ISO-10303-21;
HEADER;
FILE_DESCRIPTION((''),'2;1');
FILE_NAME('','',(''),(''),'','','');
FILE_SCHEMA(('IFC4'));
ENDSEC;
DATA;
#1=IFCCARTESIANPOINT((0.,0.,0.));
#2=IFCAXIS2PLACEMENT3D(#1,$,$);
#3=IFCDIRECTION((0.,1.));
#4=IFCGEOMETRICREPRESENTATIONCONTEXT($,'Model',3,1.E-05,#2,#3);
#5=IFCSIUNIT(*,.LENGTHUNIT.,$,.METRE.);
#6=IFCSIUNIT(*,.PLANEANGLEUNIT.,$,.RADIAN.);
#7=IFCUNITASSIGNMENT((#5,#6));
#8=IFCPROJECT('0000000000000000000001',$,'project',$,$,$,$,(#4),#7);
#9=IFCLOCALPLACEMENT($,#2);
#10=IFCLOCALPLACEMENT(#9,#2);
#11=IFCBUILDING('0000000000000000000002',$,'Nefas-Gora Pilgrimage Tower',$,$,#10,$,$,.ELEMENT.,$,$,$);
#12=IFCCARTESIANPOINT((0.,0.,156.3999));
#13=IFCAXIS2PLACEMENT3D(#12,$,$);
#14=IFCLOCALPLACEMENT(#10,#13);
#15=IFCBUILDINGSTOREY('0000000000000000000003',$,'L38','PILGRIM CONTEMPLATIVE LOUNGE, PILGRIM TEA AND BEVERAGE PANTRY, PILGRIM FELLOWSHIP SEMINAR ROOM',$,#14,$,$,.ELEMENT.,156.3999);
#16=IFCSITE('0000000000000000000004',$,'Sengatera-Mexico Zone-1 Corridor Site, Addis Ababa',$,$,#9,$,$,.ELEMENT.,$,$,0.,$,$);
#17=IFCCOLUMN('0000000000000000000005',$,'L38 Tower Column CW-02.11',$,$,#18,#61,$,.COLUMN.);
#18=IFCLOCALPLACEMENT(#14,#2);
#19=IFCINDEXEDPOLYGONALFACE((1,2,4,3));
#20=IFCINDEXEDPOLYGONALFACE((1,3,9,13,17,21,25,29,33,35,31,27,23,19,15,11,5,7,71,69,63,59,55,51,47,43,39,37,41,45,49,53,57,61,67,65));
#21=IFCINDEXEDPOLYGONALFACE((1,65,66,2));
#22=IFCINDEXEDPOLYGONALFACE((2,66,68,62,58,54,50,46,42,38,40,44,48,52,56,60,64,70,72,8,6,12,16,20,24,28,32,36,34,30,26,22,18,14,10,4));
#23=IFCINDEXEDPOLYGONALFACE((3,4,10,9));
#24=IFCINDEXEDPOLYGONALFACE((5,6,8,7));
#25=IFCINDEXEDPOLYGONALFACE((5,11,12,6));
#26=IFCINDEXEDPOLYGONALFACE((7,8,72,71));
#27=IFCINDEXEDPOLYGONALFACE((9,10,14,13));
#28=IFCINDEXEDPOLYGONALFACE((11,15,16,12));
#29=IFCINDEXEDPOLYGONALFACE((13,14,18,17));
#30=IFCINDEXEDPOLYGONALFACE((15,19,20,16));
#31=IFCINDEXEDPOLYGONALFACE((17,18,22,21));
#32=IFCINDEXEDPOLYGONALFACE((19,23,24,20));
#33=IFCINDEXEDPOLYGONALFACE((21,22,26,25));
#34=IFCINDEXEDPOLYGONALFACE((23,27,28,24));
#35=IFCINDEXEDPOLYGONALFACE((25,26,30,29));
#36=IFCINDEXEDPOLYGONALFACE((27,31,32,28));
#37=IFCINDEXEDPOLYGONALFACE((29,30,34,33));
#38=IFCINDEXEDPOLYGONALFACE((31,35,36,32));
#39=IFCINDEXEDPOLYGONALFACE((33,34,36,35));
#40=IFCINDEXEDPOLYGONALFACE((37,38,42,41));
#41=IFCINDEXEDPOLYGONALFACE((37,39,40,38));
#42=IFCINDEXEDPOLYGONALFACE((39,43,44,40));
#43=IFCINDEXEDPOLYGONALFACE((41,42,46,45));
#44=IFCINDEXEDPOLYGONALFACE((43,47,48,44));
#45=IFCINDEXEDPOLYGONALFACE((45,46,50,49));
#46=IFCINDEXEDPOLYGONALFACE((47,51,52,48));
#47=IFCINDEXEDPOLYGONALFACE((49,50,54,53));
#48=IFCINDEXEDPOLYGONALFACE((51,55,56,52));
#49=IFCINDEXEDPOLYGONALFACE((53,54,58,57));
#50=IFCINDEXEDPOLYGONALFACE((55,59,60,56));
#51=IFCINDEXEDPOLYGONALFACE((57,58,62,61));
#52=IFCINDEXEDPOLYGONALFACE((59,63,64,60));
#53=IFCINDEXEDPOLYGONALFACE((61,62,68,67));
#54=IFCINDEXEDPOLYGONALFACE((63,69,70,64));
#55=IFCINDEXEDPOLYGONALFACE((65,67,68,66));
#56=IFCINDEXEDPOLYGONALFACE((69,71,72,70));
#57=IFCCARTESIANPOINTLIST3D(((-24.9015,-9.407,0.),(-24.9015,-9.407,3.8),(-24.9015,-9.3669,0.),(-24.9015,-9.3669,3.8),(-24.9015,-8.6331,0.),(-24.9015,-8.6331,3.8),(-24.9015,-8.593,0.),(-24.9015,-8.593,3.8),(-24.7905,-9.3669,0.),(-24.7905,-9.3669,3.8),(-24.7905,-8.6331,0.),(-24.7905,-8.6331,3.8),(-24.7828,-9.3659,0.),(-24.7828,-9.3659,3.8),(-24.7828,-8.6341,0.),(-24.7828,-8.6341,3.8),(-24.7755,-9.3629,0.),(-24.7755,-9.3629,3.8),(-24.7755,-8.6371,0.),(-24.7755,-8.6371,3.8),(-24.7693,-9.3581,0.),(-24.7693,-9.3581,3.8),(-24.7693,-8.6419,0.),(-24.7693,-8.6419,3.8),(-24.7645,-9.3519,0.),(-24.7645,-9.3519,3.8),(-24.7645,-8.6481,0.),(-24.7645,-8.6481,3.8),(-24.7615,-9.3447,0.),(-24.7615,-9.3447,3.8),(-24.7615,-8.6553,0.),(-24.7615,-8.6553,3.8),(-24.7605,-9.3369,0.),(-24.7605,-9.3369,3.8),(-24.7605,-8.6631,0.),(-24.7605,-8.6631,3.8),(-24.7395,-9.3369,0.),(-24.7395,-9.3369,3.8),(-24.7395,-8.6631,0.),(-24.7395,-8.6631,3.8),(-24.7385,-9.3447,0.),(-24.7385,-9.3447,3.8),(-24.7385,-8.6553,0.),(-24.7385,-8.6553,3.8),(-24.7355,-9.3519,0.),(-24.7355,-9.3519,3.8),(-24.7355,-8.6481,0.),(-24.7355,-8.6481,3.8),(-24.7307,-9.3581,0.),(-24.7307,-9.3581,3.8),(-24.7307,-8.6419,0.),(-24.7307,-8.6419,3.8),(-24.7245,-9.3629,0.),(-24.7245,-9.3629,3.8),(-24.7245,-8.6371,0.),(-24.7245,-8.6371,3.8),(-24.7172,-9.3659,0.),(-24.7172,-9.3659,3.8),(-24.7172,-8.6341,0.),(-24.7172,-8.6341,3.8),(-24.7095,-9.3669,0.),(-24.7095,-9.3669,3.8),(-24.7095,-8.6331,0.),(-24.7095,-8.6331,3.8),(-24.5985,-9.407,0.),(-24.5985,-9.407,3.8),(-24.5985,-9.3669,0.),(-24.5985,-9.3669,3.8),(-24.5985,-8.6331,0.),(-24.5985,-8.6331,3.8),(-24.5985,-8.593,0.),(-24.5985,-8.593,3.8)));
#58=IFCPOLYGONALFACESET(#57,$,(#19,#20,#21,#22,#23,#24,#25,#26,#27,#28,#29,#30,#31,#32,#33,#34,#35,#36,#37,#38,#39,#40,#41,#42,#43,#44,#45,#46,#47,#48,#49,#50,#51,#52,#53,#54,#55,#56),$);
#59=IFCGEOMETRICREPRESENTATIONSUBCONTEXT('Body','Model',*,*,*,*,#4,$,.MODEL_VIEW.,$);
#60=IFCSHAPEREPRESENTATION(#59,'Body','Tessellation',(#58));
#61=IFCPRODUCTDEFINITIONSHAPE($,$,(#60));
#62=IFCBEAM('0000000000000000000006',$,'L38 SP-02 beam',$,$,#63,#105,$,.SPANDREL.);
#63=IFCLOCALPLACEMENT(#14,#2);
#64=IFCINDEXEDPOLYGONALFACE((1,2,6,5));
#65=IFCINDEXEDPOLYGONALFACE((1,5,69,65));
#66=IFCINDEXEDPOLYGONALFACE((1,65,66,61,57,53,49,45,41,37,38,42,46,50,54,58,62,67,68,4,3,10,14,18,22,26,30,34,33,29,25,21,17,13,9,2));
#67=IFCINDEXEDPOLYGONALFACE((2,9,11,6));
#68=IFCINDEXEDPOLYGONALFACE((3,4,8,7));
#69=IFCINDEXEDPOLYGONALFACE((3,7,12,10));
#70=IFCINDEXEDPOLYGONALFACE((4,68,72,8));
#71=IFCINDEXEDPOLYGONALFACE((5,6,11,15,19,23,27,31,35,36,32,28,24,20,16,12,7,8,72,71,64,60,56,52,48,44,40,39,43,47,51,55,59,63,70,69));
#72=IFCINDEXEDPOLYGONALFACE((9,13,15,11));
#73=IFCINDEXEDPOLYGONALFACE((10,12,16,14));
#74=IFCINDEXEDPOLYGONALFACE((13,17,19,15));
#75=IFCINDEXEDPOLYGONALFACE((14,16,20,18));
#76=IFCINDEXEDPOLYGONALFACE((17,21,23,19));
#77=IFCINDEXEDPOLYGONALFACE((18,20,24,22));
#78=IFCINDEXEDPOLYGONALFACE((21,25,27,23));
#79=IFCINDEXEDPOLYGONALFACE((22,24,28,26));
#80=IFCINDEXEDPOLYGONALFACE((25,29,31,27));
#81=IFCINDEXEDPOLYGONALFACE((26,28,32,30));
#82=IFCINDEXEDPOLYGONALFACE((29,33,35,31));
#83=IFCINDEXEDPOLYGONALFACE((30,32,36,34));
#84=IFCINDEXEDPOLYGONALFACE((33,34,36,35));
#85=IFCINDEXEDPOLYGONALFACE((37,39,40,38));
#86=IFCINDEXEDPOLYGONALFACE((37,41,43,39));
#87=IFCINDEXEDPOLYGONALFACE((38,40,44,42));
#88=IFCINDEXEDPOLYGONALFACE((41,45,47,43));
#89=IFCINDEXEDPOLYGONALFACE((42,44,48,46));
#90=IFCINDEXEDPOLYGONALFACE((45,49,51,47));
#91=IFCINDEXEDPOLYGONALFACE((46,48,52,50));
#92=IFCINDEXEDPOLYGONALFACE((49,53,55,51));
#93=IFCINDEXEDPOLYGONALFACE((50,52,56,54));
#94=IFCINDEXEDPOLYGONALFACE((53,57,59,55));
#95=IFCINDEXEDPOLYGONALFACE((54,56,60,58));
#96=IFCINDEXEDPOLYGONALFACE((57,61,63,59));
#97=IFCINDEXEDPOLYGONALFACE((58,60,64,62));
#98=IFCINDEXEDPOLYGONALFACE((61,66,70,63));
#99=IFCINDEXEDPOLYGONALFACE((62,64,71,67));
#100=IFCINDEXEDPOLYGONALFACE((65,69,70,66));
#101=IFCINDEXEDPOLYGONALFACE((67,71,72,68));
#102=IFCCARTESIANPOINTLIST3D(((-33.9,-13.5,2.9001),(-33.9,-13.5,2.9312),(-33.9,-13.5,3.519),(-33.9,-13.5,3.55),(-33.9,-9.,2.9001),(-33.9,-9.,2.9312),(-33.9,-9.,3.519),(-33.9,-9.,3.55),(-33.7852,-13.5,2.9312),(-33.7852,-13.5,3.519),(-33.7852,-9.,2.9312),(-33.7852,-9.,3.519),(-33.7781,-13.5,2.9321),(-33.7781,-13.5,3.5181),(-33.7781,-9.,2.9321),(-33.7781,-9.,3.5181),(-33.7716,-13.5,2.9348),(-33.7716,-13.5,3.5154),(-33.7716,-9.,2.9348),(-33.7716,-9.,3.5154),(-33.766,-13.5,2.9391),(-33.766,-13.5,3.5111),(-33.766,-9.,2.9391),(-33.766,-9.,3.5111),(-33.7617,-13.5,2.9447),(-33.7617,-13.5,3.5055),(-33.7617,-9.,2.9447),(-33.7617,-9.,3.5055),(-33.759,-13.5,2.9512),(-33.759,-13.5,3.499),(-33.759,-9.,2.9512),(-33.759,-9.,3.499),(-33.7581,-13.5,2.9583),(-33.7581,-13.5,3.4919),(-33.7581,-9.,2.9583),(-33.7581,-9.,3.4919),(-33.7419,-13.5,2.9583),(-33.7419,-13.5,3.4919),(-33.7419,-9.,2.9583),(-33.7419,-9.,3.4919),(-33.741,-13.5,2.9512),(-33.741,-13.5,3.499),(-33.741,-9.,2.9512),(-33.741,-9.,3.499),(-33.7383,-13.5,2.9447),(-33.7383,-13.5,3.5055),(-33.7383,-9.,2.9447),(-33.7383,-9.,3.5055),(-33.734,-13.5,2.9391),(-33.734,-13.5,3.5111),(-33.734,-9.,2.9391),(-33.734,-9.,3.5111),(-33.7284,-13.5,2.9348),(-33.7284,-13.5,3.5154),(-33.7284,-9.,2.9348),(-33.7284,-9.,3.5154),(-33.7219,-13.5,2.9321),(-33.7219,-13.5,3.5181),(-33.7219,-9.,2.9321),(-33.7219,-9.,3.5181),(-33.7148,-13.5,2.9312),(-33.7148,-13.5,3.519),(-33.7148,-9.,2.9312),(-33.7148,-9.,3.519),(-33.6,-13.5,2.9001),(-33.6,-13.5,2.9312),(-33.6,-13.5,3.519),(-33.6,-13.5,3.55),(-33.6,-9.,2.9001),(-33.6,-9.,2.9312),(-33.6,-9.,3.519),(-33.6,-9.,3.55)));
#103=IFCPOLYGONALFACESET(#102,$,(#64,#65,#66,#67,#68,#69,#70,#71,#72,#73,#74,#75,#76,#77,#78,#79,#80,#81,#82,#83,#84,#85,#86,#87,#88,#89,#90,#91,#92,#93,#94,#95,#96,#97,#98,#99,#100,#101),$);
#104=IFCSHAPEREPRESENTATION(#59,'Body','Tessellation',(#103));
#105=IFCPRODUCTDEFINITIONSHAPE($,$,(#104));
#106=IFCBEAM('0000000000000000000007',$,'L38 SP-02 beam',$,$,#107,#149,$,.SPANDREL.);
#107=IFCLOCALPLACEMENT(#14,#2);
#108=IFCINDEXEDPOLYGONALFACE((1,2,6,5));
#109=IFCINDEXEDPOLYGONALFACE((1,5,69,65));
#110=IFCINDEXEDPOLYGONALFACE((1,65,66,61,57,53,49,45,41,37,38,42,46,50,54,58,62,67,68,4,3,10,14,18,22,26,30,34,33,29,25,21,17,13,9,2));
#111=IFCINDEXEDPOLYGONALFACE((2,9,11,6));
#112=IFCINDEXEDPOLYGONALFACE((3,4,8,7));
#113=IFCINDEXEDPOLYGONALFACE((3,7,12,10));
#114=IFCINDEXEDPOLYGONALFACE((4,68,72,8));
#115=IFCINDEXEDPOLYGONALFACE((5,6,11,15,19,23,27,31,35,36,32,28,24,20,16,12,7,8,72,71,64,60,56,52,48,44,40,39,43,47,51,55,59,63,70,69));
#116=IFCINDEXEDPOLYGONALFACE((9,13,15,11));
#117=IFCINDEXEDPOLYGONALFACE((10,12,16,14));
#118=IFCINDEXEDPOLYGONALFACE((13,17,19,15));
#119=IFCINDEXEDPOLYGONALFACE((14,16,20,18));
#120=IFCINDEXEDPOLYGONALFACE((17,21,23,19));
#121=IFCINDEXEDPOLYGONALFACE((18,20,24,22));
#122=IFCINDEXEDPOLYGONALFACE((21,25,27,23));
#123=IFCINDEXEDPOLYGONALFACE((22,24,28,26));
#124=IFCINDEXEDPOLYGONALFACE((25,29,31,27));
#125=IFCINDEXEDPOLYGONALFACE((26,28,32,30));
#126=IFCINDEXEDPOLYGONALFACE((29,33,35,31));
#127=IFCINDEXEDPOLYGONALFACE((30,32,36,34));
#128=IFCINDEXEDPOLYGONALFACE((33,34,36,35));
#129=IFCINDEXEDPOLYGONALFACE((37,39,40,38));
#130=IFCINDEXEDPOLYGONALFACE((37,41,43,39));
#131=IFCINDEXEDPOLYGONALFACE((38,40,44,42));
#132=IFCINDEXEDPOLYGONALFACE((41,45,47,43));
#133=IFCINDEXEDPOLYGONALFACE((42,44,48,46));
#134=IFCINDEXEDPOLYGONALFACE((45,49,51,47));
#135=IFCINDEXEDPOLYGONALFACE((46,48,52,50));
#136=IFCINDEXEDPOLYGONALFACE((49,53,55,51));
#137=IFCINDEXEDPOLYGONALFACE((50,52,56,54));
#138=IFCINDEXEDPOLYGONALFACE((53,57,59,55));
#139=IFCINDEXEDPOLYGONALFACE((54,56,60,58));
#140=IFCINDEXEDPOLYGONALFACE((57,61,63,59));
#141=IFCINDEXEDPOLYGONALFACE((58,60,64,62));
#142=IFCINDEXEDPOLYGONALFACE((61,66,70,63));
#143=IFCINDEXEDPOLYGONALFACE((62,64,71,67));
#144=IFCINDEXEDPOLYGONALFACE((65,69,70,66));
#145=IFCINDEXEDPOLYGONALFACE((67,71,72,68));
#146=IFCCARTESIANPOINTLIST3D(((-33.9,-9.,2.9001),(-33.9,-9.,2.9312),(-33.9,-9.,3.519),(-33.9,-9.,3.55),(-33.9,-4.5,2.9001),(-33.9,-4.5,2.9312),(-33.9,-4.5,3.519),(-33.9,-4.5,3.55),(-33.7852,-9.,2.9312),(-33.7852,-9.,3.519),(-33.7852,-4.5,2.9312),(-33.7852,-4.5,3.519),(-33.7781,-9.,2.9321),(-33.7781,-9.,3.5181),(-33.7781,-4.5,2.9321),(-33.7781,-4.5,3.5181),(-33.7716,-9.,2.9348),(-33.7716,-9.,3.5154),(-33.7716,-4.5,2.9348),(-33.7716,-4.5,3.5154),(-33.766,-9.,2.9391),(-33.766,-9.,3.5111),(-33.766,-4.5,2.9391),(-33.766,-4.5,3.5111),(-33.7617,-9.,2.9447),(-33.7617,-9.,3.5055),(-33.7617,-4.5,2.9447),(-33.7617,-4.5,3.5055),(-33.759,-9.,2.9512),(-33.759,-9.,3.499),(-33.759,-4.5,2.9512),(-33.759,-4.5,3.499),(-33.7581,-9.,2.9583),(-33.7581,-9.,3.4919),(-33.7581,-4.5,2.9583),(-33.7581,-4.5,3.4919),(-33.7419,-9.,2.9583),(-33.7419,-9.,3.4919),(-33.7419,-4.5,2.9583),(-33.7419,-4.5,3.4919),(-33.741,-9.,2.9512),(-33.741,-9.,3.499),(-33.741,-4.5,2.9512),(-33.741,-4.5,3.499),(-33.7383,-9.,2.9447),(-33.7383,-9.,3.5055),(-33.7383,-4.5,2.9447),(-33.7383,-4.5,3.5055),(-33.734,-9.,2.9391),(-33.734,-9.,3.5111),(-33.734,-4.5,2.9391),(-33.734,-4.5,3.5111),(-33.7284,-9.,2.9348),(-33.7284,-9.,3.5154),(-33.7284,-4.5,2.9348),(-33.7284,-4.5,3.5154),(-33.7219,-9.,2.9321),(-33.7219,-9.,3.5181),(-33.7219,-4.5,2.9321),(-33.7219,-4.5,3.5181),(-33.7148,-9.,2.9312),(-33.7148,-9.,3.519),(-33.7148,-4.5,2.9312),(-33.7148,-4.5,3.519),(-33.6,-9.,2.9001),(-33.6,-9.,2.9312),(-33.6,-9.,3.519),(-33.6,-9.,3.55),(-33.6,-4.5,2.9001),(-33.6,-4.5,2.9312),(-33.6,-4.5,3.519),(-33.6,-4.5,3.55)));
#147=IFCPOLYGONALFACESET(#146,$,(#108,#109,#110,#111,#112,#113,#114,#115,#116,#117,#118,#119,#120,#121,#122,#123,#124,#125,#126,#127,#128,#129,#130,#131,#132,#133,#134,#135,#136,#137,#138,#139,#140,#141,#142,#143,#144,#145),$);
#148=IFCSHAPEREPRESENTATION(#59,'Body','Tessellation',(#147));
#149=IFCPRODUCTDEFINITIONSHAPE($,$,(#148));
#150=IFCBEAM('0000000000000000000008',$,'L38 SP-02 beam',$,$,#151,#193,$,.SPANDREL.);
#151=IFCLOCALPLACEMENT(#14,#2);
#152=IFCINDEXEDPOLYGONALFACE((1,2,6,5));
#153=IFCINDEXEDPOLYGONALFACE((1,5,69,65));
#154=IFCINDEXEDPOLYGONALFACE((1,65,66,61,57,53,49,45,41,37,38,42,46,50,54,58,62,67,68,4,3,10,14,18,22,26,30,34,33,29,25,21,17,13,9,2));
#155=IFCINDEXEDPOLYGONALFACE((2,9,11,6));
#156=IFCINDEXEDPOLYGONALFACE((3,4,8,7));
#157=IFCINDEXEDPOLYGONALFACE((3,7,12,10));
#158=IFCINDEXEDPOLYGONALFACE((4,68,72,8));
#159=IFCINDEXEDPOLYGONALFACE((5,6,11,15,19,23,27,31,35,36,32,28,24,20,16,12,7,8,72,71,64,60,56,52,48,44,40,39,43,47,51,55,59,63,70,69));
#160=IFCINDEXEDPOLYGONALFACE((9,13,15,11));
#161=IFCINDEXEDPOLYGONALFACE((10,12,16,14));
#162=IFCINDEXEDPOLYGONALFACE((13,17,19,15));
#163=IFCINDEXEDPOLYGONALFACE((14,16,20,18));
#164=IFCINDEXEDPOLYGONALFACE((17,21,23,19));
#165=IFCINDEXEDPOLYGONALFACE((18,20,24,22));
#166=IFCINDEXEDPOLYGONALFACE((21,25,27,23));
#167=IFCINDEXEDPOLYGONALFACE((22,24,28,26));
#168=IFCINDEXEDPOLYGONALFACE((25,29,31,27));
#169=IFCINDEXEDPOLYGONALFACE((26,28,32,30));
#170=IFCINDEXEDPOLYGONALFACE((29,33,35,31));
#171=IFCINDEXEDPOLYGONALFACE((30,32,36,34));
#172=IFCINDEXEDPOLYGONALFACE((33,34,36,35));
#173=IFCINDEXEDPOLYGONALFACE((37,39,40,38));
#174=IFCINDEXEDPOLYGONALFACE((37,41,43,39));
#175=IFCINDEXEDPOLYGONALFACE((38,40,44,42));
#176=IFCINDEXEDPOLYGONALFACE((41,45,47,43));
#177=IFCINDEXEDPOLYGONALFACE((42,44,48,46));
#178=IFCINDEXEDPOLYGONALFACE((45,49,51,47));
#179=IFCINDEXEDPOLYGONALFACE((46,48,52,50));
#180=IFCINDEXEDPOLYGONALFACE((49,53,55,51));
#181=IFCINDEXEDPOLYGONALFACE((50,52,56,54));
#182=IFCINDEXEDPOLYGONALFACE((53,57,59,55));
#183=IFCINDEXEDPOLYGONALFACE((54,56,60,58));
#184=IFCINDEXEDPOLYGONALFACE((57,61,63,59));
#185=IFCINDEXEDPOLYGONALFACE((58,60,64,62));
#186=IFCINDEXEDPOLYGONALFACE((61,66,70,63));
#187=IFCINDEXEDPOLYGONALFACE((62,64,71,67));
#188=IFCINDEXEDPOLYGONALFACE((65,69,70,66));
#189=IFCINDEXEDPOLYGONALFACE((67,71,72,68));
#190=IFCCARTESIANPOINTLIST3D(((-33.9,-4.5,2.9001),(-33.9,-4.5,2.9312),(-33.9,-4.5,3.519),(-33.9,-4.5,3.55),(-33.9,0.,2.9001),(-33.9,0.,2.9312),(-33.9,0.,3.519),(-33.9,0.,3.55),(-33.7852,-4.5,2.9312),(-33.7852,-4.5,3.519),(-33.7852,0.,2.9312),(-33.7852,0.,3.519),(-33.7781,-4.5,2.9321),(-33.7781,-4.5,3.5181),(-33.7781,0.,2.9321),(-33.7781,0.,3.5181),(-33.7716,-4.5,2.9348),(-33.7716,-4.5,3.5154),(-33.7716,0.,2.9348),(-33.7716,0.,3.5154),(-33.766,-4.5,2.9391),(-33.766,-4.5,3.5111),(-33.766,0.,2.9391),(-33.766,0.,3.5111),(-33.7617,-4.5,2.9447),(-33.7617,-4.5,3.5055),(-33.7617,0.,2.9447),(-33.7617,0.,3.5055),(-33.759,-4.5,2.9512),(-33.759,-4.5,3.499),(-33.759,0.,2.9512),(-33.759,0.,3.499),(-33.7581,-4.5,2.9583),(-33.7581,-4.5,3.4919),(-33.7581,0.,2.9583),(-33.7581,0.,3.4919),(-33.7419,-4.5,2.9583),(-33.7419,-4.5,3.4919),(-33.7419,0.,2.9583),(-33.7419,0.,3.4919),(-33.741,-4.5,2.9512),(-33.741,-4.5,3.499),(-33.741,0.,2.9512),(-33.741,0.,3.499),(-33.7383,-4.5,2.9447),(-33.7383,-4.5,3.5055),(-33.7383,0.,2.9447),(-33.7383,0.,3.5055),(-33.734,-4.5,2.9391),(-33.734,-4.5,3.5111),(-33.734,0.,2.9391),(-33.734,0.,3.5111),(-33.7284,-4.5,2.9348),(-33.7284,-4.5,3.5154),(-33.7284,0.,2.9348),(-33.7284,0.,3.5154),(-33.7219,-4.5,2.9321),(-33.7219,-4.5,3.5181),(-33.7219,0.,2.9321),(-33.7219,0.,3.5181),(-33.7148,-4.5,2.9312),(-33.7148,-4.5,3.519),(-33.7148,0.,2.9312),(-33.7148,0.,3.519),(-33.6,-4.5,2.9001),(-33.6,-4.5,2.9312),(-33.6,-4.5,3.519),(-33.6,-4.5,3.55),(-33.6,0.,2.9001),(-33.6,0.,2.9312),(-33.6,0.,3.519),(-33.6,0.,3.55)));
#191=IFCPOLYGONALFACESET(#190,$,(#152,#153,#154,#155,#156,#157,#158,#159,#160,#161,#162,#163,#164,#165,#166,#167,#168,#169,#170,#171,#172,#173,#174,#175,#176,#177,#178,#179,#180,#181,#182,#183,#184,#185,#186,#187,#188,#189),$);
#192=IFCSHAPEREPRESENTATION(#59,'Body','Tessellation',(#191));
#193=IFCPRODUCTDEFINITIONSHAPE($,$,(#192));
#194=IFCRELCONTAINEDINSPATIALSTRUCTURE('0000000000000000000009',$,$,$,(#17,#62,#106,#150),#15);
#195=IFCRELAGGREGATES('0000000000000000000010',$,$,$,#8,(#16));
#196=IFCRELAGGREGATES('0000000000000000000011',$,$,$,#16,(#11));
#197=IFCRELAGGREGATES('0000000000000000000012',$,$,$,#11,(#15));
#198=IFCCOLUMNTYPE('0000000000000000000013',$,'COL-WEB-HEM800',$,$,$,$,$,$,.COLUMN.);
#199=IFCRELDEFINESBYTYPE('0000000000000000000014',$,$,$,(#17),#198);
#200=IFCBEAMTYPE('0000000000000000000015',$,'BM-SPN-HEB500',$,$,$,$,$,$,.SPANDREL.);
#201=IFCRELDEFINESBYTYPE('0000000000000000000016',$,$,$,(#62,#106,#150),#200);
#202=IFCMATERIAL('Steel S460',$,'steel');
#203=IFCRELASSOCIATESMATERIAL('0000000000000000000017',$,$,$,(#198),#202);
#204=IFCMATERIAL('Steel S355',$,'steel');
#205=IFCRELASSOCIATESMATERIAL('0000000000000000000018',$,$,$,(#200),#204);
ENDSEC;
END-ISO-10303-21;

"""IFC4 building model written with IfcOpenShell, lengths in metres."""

from ifc_helpers import new_model, si_unit, direction, frame, origin, origin_2d, place, context, subcontext, project, spatial, i_section, extrude, source, transform, mapped, material, material_profile, profile_set, type_object, element, save


model = new_model("IFC4")

# Units and contexts
model_context = context("Model", 3, precision=1e-05, world=origin(), true_north=direction((0.0, 1.0)))
body_context = subcontext(model_context, "Body", "Model", "MODEL_VIEW")
ifc_project = project(units=[si_unit("LENGTHUNIT", "METRE"), si_unit("PLANEANGLEUNIT", "RADIAN")], contexts=[model_context])

# Site, building, storey
site_placement = place(None, origin())
site = spatial("IfcSite", under=ifc_project, at=site_placement, Name="Sengatera-Mexico Zone-1 Corridor Site, Addis Ababa", CompositionType="ELEMENT", RefElevation=0.0)
building_placement = place(site_placement, origin())
building = spatial("IfcBuilding", under=site, at=building_placement, Name="Nefas-Gora Pilgrimage Tower", CompositionType="ELEMENT")
storey_placement = place(building_placement, frame((0.0, 0.0, 156.3999)))
storey = spatial("IfcBuildingStorey", under=building, at=storey_placement, Name="L38", Description="PILGRIM CONTEMPLATIVE LOUNGE, PILGRIM TEA AND BEVERAGE PANTRY, PILGRIM FELLOWSHIP SEMINAR ROOM", CompositionType="ELEMENT", Elevation=156.3999)

# Column
ifc_material_1 = material(Name="Steel S460", Category="steel")
ifc_material_profile_1 = material_profile(ifc_material_1, i_section(OverallWidth=0.303, OverallDepth=0.814, WebThickness=0.021, FlangeThickness=0.04, FilletRadius=0.03, at=origin_2d()), Name="HEM 800")
ifc_profile_set_1 = profile_set([ifc_material_profile_1], Name="Steel S460")
column_type_1 = type_object("IfcColumnType", Name="COL-WEB-HEM800", PredefinedType="COLUMN", material=ifc_profile_set_1)
shared_shape_1 = source(origin(), body_context, "Body", "SweptSolid", [
    extrude(i_section(OverallWidth=0.303, OverallDepth=0.814, WebThickness=0.021, FlangeThickness=0.04, FilletRadius=0.03, at=origin_2d()), origin(), (0.0, 0.0, 1.0), 3.8),
])
for number, where, z_axis, x_axis, name in (
    (1, (-24.75, -9.0, 0.0), (0.0, 0.0, 1.0), (1.0, 0.0, 0.0), "L38 Tower Column CW-02.11"),
):
    element("IfcColumn", number, at=place(storey_placement, frame(where, z_axis=z_axis, x_axis=x_axis)), inside=storey, type_object=column_type_1, Name=name, PredefinedType="COLUMN", context=body_context, shape_type="MappedRepresentation", body=[
        mapped(shared_shape_1, transform((0.0, 0.0, 0.0), x_axis=(1.0, 0.0, 0.0), y_axis=(0.0, 1.0, 0.0), z_axis=(0.0, 0.0, 1.0), scale=1.0)),
    ])

# Beams
ifc_material_2 = material(Name="Steel S355", Category="steel")
ifc_material_profile_2 = material_profile(ifc_material_2, i_section(OverallWidth=0.3, OverallDepth=0.6499, WebThickness=0.0161, FlangeThickness=0.031, FilletRadius=0.0271, at=origin_2d()), Name="HEB 650")
ifc_profile_set_2 = profile_set([ifc_material_profile_2], Name="Steel S355")
beam_type_1 = type_object("IfcBeamType", Name="BM-SPN-HEB500", PredefinedType="SPANDREL", material=ifc_profile_set_2)
shared_shape_2 = source(origin(), body_context, "Body", "SweptSolid", [
    extrude(i_section(OverallWidth=0.3, OverallDepth=0.6499, WebThickness=0.0161, FlangeThickness=0.031, FilletRadius=0.0271, at=origin_2d()), origin(), (0.0, 0.0, 1.0), 4.5),
])
for number, where, z_axis, x_axis, name in (
    (2, (-33.75, -13.5, 3.2251), (0.0, 1.0, 0.0), (-1.0, 0.0, 0.0), "L38 SP-02 beam"),
    (3, (-33.75, -9.0, 3.2251), (0.0, 1.0, 0.0), (-1.0, 0.0, 0.0), "L38 SP-02 beam"),
    (4, (-33.75, -4.5, 3.2251), (0.0, 1.0, 0.0), (-1.0, 0.0, 0.0), "L38 SP-02 beam"),
):
    element("IfcBeam", number, at=place(storey_placement, frame(where, z_axis=z_axis, x_axis=x_axis)), inside=storey, type_object=beam_type_1, Name=name, PredefinedType="SPANDREL", context=body_context, shape_type="MappedRepresentation", body=[
        mapped(shared_shape_2, transform((0.0, 0.0, 0.0), x_axis=(1.0, 0.0, 0.0), y_axis=(0.0, 1.0, 0.0), z_axis=(0.0, 0.0, 1.0), scale=1.0)),
    ])

save(model, "model.ifc")
